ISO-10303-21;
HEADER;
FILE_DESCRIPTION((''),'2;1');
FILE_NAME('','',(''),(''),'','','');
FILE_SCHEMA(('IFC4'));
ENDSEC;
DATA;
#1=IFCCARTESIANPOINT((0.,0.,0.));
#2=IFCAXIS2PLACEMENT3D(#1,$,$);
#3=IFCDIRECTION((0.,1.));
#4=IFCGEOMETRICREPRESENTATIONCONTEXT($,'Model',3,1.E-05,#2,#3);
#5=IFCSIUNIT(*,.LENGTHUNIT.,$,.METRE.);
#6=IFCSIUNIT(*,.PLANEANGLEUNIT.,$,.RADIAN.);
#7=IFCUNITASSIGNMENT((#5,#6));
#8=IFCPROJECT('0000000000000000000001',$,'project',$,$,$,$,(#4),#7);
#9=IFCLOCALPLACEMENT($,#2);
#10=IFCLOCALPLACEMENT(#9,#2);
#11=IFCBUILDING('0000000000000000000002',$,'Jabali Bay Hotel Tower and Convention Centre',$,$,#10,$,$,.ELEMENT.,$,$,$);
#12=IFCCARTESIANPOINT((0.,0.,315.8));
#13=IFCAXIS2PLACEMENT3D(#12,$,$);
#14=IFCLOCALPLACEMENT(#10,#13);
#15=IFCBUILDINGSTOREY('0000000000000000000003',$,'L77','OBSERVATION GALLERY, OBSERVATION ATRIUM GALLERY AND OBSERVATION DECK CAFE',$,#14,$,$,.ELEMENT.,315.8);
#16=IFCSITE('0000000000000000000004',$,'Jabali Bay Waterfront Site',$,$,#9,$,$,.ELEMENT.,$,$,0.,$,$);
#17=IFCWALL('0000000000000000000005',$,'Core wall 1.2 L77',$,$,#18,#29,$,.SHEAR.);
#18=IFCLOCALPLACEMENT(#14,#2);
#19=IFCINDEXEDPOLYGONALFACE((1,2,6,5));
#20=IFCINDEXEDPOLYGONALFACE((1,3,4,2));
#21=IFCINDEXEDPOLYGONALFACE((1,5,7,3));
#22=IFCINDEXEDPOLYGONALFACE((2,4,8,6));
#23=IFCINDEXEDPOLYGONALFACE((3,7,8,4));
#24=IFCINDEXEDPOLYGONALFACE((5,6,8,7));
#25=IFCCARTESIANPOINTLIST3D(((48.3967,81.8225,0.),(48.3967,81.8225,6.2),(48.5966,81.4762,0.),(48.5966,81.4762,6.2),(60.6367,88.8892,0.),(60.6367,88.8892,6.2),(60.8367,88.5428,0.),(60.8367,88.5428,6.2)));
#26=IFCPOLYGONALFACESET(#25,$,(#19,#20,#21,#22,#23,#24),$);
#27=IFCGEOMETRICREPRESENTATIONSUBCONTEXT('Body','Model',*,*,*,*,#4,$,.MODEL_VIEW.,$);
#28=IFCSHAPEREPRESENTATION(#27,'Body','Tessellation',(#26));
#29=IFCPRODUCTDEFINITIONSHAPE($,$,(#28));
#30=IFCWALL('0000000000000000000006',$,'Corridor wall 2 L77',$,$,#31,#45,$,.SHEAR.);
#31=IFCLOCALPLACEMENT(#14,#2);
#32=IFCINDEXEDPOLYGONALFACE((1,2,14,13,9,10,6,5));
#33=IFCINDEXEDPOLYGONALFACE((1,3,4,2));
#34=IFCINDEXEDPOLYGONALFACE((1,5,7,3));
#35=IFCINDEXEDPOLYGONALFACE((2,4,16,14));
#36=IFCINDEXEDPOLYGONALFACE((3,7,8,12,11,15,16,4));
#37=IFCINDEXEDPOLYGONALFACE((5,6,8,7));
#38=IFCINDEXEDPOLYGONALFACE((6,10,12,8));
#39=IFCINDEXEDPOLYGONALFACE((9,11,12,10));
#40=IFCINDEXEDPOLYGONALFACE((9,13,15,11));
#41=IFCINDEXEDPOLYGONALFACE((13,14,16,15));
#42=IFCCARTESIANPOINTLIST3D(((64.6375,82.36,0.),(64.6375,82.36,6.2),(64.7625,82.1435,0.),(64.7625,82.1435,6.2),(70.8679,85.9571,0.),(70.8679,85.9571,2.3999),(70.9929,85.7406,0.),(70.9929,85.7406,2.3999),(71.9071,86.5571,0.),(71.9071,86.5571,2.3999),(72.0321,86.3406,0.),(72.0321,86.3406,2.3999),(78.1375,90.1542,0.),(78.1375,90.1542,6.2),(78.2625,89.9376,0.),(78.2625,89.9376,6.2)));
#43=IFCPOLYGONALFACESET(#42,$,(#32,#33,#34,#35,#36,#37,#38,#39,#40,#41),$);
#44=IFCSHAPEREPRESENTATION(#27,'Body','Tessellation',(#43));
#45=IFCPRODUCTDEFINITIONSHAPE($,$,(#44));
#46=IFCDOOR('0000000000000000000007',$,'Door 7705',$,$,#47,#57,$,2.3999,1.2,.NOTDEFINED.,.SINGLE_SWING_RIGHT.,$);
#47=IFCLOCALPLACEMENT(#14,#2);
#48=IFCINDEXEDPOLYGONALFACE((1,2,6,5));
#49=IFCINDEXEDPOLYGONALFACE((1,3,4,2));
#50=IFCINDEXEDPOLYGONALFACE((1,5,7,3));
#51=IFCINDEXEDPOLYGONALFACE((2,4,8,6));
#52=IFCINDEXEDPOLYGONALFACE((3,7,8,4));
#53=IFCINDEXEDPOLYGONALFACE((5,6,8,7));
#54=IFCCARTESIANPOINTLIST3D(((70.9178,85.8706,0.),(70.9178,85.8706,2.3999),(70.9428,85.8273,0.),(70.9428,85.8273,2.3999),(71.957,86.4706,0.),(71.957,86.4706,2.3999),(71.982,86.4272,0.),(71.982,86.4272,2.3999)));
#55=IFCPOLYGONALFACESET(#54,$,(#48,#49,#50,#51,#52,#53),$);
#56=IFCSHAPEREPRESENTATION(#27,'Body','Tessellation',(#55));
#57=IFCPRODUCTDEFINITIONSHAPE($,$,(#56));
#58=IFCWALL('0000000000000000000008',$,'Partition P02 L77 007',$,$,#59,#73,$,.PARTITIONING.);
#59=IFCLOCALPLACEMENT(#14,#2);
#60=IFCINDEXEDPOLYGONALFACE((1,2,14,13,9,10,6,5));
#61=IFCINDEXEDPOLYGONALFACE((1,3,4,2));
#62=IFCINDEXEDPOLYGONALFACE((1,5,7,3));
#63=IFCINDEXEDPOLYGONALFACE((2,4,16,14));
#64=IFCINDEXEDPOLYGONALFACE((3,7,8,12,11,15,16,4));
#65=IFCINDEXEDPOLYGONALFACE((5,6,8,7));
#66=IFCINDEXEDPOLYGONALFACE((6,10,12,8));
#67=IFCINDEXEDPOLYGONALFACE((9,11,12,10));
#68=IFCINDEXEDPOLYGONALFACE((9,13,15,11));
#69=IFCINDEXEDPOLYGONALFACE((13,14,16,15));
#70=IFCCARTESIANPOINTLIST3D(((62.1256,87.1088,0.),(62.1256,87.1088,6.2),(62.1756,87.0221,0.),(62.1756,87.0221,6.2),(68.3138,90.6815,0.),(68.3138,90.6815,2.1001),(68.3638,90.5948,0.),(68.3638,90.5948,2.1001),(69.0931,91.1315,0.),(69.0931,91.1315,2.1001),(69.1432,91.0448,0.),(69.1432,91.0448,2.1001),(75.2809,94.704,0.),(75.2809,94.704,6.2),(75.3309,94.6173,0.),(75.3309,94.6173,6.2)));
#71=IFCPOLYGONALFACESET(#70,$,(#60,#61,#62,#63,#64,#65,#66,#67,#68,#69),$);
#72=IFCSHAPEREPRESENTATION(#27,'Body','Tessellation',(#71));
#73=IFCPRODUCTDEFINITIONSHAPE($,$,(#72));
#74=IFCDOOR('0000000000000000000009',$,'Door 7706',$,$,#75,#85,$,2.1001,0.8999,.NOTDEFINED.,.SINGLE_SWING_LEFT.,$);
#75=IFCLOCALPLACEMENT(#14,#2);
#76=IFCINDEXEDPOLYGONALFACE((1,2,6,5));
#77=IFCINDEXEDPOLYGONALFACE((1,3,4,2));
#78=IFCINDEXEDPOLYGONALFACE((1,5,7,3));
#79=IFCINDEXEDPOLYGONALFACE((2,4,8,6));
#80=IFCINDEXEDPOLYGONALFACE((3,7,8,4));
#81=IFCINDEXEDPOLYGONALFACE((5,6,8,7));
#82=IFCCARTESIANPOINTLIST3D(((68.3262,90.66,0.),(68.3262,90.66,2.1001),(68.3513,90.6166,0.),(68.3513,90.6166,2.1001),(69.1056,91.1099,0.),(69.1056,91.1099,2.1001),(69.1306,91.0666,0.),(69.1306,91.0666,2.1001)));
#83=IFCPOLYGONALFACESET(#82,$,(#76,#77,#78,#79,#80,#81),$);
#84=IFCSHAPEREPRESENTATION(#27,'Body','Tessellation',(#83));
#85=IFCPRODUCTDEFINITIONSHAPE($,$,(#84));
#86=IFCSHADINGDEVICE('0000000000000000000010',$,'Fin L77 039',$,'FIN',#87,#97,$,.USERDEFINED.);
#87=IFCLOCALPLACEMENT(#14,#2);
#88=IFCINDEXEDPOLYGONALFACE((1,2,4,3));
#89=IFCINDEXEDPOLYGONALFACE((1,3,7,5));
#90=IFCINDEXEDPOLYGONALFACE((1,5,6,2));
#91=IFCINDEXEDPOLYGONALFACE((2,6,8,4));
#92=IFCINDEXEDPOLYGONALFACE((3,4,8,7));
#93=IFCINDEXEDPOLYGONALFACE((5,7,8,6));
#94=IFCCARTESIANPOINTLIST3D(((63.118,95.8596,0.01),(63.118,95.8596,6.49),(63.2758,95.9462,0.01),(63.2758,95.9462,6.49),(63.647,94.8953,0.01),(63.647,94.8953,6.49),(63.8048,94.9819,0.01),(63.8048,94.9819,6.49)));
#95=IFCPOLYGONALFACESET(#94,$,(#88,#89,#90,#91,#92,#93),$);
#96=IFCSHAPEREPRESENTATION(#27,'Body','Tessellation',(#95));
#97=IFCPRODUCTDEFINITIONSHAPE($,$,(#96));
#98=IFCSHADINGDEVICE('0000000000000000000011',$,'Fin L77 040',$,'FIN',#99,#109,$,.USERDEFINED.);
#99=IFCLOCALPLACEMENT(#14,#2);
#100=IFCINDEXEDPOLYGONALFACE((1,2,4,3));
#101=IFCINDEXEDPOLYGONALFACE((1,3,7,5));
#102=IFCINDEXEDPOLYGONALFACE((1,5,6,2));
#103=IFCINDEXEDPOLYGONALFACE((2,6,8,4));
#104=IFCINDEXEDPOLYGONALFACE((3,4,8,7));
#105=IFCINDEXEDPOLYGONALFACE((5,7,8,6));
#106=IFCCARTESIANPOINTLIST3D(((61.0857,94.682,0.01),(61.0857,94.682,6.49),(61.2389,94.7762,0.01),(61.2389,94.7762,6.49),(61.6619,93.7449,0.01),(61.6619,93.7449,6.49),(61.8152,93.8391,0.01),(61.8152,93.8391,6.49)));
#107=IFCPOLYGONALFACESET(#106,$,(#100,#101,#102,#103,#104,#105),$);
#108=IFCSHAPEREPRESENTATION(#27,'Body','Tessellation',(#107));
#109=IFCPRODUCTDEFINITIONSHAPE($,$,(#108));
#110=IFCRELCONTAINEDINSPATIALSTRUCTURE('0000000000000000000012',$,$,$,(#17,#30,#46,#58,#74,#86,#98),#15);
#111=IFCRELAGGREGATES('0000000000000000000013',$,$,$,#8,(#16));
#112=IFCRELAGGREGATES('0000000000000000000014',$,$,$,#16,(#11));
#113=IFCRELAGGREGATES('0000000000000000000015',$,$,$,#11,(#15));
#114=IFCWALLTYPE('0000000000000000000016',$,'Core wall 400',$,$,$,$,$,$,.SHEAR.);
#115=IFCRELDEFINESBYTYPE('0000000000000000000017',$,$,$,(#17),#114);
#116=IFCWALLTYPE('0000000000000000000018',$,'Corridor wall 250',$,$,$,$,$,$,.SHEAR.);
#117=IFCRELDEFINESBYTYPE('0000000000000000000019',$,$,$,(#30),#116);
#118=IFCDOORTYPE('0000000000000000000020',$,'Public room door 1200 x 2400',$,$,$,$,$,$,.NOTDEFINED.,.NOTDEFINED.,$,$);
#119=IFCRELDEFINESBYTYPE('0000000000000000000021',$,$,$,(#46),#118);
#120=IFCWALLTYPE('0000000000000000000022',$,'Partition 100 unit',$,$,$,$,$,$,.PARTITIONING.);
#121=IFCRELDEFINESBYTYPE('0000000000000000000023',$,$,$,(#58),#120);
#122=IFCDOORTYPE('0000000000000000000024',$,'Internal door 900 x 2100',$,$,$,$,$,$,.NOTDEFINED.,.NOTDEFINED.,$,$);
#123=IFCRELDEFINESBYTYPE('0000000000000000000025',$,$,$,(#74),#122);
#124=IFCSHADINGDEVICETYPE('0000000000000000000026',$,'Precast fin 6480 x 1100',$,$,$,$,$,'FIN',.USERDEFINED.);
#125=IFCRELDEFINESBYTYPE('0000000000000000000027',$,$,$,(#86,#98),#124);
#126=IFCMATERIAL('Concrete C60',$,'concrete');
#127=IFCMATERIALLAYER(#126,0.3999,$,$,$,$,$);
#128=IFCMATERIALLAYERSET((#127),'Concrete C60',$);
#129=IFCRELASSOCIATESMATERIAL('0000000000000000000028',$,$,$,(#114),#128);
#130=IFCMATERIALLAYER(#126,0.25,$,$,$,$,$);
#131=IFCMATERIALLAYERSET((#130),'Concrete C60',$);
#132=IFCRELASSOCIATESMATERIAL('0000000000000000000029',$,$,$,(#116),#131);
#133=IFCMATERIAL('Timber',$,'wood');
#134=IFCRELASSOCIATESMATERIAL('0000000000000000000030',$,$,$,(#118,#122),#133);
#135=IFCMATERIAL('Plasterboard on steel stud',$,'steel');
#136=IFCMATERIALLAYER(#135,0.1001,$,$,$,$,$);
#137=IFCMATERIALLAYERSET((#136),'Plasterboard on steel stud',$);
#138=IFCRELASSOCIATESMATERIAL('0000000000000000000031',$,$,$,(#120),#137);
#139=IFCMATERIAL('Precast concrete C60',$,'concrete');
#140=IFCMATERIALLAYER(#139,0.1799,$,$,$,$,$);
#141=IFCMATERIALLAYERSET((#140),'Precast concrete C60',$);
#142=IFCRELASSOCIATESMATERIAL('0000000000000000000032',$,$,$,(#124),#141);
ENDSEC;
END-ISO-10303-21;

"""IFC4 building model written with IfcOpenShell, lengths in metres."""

from ifc_helpers import new_model, si_unit, direction, frame, frame_2d, origin, place, context, subcontext, project, spatial, rectangle, extrude, material, layer, layer_set, type_object, element, fill, save


model = new_model("IFC4")

# Units and contexts
model_context = context("Model", 3, precision=1e-05, world=origin(), true_north=direction((0.0, 1.0)))
body_context = subcontext(model_context, "Body", "Model", "MODEL_VIEW")
ifc_project = project(units=[si_unit("LENGTHUNIT", "METRE"), si_unit("PLANEANGLEUNIT", "RADIAN")], contexts=[model_context])

# Site, building, storey
site_placement = place(None, origin())
site = spatial("IfcSite", under=ifc_project, at=site_placement, Name="Jabali Bay Waterfront Site", CompositionType="ELEMENT", RefElevation=0.0)
building_placement = place(site_placement, origin())
building = spatial("IfcBuilding", under=site, at=building_placement, Name="Jabali Bay Hotel Tower and Convention Centre", CompositionType="ELEMENT")
storey_placement = place(building_placement, frame((0.0, 0.0, 315.8)))
storey = spatial("IfcBuildingStorey", under=building, at=storey_placement, Name="L77", Description="OBSERVATION GALLERY, OBSERVATION ATRIUM GALLERY AND OBSERVATION DECK CAFE", CompositionType="ELEMENT", Elevation=315.8)

# Shared definitions
ifc_material_1 = material(Name="Concrete C60", Category="concrete")
ifc_layer_1 = layer(ifc_material_1, 0.3999)
ifc_layer_set_1 = layer_set([ifc_layer_1], Name="Concrete C60")
wall_type_1 = type_object("IfcWallType", Name="Core wall 400", PredefinedType="SHEAR", material=ifc_layer_set_1)

# Wall
wall_1_placement = place(storey_placement, frame((60.7368, 88.7161, 0.0), z_axis=(0.0, 0.0, 1.0), x_axis=(-0.866029, -0.499994, 0.0)))
element("IfcWall", 1, at=wall_1_placement, inside=storey, type_object=wall_type_1, Name="Core wall 1.2 L77", PredefinedType="SHEAR", context=body_context, shape_type="SweptSolid", body=[
    extrude(rectangle(XDim=14.1335, YDim=0.3999, at=frame_2d((7.0669, 0.0))), origin(), (0.0, 0.0, 1.0), 6.2),
])

# Walls, openings, doors
ifc_layer_2 = layer(ifc_material_1, 0.25)
ifc_layer_set_2 = layer_set([ifc_layer_2], Name="Concrete C60")
wall_type_2 = type_object("IfcWallType", Name="Corridor wall 250", PredefinedType="SHEAR", material=ifc_layer_set_2)
wall_2_placement = place(storey_placement, frame((78.2, 90.0459, 0.0), z_axis=(0.0, 0.0, 1.0), x_axis=(-0.866026, -0.499998, 0.0)))
wall_2 = element("IfcWall", 2, at=wall_2_placement, inside=storey, type_object=wall_type_2, Name="Corridor wall 2 L77", PredefinedType="SHEAR", context=body_context, shape_type="SweptSolid", body=[
    extrude(rectangle(XDim=15.5884, YDim=0.25, at=frame_2d((7.7942, 0.0))), origin(), (0.0, 0.0, 1.0), 6.2),
])
opening_1_placement = place(wall_2_placement, frame((7.1941, 0.0, 0.0)))
opening_1 = element("IfcOpeningElement", 3, at=opening_1_placement, cuts=wall_2, PredefinedType="OPENING", context=body_context, shape_type="SweptSolid", body=[
    extrude(rectangle(XDim=1.2, YDim=2.3999, at=frame_2d((0.6001, 1.2))), frame((0.0, 0.1355, 0.0), z_axis=(0.0, -1.0, 0.0), x_axis=(1.0, 0.0, 0.0)), (0.0, 0.0, 1.0), 0.271),
])
ifc_material_2 = material(Name="Timber", Category="wood")
door_type_1 = type_object("IfcDoorType", Name="Public room door 1200 x 2400", OperationType="NOTDEFINED", PredefinedType="NOTDEFINED", material=ifc_material_2)
door_1_placement = place(opening_1_placement, origin())
door_1 = element("IfcDoor", 4, at=door_1_placement, inside=storey, type_object=door_type_1, Name="Door 7705", OperationType="SINGLE_SWING_RIGHT", OverallHeight=2.3999, OverallWidth=1.2, PredefinedType="NOTDEFINED", context=body_context, shape_type="SweptSolid", body=[
    extrude(rectangle(XDim=1.2, YDim=2.3999, at=frame_2d((0.6001, 1.2))), frame((0.0, 0.0249, 0.0), z_axis=(0.0, -1.0, 0.0), x_axis=(1.0, 0.0, 0.0)), (0.0, 0.0, 1.0), 0.05),
])
fill(opening_1, door_1)
ifc_material_3 = material(Name="Plasterboard on steel stud", Category="steel")
ifc_layer_3 = layer(ifc_material_3, 0.1001)
ifc_layer_set_3 = layer_set([ifc_layer_3], Name="Plasterboard on steel stud")
wall_type_3 = type_object("IfcWallType", Name="Partition 100 unit", PredefinedType="PARTITIONING", material=ifc_layer_set_3)
wall_3_placement = place(storey_placement, frame((75.3059, 94.6606, 0.0), z_axis=(0.0, 0.0, 1.0), x_axis=(-0.866025, -0.500001, 0.0)))
wall_3 = element("IfcWall", 5, at=wall_3_placement, inside=storey, type_object=wall_type_3, Name="Partition P02 L77 007", PredefinedType="PARTITIONING", context=body_context, shape_type="SweptSolid", body=[
    extrude(rectangle(XDim=15.1904, YDim=0.1001, at=frame_2d((7.5952, 0.0))), origin(), (0.0, 0.0, 1.0), 6.2),
])
opening_2_placement = place(wall_3_placement, frame((7.145, 0.0, 0.0)))
opening_2 = element("IfcOpeningElement", 6, at=opening_2_placement, cuts=wall_3, PredefinedType="OPENING", context=body_context, shape_type="SweptSolid", body=[
    extrude(rectangle(XDim=0.8999, YDim=2.1001, at=frame_2d((0.45, 1.05))), frame((0.0, 0.0605, 0.0), z_axis=(0.0, -1.0, 0.0), x_axis=(1.0, 0.0, 0.0)), (0.0, 0.0, 1.0), 0.1211),
])
door_type_2 = type_object("IfcDoorType", Name="Internal door 900 x 2100", OperationType="NOTDEFINED", PredefinedType="NOTDEFINED", material=ifc_material_2)
door_2_placement = place(opening_2_placement, origin())
door_2 = element("IfcDoor", 7, at=door_2_placement, inside=storey, type_object=door_type_2, Name="Door 7706", OperationType="SINGLE_SWING_LEFT", OverallHeight=2.1001, OverallWidth=0.8999, PredefinedType="NOTDEFINED", context=body_context, shape_type="SweptSolid", body=[
    extrude(rectangle(XDim=0.8999, YDim=2.1001, at=frame_2d((0.45, 1.05))), frame((0.0, 0.0249, 0.0), z_axis=(0.0, -1.0, 0.0), x_axis=(1.0, 0.0, 0.0)), (0.0, 0.0, 1.0), 0.05),
])
fill(opening_2, door_2)

# Shading devices
ifc_material_4 = material(Name="Precast concrete C60", Category="concrete")
ifc_layer_4 = layer(ifc_material_4, 0.1799)
ifc_layer_set_4 = layer_set([ifc_layer_4], Name="Precast concrete C60")
shading_device_type = type_object("IfcShadingDeviceType", Name="Precast fin 6480 x 1100", ElementType="FIN", PredefinedType="USERDEFINED", material=ifc_layer_set_4)
shading_device_1_placement = place(storey_placement, frame((63.7258, 94.9387, 0.01), z_axis=(0.0, 0.0, 1.0), x_axis=(-0.480981, 0.876731, 0.0)))
element("IfcShadingDevice", 8, at=shading_device_1_placement, inside=storey, type_object=shading_device_type, Name="Fin L77 039", ObjectType="FIN", PredefinedType="USERDEFINED", context=body_context, shape_type="SweptSolid", body=[
    extrude(rectangle(XDim=1.0999, YDim=0.1799, at=frame_2d((0.5498, 0.0))), origin(), (0.0, 0.0, 1.0), 6.48),
])
shading_device_2_placement = place(storey_placement, frame((61.7385, 93.792, 0.01), z_axis=(0.0, 0.0, 1.0), x_axis=(-0.5238, 0.851841, 0.0)))
element("IfcShadingDevice", 9, at=shading_device_2_placement, inside=storey, type_object=shading_device_type, Name="Fin L77 040", ObjectType="FIN", PredefinedType="USERDEFINED", context=body_context, shape_type="SweptSolid", body=[
    extrude(rectangle(XDim=1.1001, YDim=0.1799, at=frame_2d((0.55, 0.0))), origin(), (0.0, 0.0, 1.0), 6.48),
])

save(model, "model.ifc")
